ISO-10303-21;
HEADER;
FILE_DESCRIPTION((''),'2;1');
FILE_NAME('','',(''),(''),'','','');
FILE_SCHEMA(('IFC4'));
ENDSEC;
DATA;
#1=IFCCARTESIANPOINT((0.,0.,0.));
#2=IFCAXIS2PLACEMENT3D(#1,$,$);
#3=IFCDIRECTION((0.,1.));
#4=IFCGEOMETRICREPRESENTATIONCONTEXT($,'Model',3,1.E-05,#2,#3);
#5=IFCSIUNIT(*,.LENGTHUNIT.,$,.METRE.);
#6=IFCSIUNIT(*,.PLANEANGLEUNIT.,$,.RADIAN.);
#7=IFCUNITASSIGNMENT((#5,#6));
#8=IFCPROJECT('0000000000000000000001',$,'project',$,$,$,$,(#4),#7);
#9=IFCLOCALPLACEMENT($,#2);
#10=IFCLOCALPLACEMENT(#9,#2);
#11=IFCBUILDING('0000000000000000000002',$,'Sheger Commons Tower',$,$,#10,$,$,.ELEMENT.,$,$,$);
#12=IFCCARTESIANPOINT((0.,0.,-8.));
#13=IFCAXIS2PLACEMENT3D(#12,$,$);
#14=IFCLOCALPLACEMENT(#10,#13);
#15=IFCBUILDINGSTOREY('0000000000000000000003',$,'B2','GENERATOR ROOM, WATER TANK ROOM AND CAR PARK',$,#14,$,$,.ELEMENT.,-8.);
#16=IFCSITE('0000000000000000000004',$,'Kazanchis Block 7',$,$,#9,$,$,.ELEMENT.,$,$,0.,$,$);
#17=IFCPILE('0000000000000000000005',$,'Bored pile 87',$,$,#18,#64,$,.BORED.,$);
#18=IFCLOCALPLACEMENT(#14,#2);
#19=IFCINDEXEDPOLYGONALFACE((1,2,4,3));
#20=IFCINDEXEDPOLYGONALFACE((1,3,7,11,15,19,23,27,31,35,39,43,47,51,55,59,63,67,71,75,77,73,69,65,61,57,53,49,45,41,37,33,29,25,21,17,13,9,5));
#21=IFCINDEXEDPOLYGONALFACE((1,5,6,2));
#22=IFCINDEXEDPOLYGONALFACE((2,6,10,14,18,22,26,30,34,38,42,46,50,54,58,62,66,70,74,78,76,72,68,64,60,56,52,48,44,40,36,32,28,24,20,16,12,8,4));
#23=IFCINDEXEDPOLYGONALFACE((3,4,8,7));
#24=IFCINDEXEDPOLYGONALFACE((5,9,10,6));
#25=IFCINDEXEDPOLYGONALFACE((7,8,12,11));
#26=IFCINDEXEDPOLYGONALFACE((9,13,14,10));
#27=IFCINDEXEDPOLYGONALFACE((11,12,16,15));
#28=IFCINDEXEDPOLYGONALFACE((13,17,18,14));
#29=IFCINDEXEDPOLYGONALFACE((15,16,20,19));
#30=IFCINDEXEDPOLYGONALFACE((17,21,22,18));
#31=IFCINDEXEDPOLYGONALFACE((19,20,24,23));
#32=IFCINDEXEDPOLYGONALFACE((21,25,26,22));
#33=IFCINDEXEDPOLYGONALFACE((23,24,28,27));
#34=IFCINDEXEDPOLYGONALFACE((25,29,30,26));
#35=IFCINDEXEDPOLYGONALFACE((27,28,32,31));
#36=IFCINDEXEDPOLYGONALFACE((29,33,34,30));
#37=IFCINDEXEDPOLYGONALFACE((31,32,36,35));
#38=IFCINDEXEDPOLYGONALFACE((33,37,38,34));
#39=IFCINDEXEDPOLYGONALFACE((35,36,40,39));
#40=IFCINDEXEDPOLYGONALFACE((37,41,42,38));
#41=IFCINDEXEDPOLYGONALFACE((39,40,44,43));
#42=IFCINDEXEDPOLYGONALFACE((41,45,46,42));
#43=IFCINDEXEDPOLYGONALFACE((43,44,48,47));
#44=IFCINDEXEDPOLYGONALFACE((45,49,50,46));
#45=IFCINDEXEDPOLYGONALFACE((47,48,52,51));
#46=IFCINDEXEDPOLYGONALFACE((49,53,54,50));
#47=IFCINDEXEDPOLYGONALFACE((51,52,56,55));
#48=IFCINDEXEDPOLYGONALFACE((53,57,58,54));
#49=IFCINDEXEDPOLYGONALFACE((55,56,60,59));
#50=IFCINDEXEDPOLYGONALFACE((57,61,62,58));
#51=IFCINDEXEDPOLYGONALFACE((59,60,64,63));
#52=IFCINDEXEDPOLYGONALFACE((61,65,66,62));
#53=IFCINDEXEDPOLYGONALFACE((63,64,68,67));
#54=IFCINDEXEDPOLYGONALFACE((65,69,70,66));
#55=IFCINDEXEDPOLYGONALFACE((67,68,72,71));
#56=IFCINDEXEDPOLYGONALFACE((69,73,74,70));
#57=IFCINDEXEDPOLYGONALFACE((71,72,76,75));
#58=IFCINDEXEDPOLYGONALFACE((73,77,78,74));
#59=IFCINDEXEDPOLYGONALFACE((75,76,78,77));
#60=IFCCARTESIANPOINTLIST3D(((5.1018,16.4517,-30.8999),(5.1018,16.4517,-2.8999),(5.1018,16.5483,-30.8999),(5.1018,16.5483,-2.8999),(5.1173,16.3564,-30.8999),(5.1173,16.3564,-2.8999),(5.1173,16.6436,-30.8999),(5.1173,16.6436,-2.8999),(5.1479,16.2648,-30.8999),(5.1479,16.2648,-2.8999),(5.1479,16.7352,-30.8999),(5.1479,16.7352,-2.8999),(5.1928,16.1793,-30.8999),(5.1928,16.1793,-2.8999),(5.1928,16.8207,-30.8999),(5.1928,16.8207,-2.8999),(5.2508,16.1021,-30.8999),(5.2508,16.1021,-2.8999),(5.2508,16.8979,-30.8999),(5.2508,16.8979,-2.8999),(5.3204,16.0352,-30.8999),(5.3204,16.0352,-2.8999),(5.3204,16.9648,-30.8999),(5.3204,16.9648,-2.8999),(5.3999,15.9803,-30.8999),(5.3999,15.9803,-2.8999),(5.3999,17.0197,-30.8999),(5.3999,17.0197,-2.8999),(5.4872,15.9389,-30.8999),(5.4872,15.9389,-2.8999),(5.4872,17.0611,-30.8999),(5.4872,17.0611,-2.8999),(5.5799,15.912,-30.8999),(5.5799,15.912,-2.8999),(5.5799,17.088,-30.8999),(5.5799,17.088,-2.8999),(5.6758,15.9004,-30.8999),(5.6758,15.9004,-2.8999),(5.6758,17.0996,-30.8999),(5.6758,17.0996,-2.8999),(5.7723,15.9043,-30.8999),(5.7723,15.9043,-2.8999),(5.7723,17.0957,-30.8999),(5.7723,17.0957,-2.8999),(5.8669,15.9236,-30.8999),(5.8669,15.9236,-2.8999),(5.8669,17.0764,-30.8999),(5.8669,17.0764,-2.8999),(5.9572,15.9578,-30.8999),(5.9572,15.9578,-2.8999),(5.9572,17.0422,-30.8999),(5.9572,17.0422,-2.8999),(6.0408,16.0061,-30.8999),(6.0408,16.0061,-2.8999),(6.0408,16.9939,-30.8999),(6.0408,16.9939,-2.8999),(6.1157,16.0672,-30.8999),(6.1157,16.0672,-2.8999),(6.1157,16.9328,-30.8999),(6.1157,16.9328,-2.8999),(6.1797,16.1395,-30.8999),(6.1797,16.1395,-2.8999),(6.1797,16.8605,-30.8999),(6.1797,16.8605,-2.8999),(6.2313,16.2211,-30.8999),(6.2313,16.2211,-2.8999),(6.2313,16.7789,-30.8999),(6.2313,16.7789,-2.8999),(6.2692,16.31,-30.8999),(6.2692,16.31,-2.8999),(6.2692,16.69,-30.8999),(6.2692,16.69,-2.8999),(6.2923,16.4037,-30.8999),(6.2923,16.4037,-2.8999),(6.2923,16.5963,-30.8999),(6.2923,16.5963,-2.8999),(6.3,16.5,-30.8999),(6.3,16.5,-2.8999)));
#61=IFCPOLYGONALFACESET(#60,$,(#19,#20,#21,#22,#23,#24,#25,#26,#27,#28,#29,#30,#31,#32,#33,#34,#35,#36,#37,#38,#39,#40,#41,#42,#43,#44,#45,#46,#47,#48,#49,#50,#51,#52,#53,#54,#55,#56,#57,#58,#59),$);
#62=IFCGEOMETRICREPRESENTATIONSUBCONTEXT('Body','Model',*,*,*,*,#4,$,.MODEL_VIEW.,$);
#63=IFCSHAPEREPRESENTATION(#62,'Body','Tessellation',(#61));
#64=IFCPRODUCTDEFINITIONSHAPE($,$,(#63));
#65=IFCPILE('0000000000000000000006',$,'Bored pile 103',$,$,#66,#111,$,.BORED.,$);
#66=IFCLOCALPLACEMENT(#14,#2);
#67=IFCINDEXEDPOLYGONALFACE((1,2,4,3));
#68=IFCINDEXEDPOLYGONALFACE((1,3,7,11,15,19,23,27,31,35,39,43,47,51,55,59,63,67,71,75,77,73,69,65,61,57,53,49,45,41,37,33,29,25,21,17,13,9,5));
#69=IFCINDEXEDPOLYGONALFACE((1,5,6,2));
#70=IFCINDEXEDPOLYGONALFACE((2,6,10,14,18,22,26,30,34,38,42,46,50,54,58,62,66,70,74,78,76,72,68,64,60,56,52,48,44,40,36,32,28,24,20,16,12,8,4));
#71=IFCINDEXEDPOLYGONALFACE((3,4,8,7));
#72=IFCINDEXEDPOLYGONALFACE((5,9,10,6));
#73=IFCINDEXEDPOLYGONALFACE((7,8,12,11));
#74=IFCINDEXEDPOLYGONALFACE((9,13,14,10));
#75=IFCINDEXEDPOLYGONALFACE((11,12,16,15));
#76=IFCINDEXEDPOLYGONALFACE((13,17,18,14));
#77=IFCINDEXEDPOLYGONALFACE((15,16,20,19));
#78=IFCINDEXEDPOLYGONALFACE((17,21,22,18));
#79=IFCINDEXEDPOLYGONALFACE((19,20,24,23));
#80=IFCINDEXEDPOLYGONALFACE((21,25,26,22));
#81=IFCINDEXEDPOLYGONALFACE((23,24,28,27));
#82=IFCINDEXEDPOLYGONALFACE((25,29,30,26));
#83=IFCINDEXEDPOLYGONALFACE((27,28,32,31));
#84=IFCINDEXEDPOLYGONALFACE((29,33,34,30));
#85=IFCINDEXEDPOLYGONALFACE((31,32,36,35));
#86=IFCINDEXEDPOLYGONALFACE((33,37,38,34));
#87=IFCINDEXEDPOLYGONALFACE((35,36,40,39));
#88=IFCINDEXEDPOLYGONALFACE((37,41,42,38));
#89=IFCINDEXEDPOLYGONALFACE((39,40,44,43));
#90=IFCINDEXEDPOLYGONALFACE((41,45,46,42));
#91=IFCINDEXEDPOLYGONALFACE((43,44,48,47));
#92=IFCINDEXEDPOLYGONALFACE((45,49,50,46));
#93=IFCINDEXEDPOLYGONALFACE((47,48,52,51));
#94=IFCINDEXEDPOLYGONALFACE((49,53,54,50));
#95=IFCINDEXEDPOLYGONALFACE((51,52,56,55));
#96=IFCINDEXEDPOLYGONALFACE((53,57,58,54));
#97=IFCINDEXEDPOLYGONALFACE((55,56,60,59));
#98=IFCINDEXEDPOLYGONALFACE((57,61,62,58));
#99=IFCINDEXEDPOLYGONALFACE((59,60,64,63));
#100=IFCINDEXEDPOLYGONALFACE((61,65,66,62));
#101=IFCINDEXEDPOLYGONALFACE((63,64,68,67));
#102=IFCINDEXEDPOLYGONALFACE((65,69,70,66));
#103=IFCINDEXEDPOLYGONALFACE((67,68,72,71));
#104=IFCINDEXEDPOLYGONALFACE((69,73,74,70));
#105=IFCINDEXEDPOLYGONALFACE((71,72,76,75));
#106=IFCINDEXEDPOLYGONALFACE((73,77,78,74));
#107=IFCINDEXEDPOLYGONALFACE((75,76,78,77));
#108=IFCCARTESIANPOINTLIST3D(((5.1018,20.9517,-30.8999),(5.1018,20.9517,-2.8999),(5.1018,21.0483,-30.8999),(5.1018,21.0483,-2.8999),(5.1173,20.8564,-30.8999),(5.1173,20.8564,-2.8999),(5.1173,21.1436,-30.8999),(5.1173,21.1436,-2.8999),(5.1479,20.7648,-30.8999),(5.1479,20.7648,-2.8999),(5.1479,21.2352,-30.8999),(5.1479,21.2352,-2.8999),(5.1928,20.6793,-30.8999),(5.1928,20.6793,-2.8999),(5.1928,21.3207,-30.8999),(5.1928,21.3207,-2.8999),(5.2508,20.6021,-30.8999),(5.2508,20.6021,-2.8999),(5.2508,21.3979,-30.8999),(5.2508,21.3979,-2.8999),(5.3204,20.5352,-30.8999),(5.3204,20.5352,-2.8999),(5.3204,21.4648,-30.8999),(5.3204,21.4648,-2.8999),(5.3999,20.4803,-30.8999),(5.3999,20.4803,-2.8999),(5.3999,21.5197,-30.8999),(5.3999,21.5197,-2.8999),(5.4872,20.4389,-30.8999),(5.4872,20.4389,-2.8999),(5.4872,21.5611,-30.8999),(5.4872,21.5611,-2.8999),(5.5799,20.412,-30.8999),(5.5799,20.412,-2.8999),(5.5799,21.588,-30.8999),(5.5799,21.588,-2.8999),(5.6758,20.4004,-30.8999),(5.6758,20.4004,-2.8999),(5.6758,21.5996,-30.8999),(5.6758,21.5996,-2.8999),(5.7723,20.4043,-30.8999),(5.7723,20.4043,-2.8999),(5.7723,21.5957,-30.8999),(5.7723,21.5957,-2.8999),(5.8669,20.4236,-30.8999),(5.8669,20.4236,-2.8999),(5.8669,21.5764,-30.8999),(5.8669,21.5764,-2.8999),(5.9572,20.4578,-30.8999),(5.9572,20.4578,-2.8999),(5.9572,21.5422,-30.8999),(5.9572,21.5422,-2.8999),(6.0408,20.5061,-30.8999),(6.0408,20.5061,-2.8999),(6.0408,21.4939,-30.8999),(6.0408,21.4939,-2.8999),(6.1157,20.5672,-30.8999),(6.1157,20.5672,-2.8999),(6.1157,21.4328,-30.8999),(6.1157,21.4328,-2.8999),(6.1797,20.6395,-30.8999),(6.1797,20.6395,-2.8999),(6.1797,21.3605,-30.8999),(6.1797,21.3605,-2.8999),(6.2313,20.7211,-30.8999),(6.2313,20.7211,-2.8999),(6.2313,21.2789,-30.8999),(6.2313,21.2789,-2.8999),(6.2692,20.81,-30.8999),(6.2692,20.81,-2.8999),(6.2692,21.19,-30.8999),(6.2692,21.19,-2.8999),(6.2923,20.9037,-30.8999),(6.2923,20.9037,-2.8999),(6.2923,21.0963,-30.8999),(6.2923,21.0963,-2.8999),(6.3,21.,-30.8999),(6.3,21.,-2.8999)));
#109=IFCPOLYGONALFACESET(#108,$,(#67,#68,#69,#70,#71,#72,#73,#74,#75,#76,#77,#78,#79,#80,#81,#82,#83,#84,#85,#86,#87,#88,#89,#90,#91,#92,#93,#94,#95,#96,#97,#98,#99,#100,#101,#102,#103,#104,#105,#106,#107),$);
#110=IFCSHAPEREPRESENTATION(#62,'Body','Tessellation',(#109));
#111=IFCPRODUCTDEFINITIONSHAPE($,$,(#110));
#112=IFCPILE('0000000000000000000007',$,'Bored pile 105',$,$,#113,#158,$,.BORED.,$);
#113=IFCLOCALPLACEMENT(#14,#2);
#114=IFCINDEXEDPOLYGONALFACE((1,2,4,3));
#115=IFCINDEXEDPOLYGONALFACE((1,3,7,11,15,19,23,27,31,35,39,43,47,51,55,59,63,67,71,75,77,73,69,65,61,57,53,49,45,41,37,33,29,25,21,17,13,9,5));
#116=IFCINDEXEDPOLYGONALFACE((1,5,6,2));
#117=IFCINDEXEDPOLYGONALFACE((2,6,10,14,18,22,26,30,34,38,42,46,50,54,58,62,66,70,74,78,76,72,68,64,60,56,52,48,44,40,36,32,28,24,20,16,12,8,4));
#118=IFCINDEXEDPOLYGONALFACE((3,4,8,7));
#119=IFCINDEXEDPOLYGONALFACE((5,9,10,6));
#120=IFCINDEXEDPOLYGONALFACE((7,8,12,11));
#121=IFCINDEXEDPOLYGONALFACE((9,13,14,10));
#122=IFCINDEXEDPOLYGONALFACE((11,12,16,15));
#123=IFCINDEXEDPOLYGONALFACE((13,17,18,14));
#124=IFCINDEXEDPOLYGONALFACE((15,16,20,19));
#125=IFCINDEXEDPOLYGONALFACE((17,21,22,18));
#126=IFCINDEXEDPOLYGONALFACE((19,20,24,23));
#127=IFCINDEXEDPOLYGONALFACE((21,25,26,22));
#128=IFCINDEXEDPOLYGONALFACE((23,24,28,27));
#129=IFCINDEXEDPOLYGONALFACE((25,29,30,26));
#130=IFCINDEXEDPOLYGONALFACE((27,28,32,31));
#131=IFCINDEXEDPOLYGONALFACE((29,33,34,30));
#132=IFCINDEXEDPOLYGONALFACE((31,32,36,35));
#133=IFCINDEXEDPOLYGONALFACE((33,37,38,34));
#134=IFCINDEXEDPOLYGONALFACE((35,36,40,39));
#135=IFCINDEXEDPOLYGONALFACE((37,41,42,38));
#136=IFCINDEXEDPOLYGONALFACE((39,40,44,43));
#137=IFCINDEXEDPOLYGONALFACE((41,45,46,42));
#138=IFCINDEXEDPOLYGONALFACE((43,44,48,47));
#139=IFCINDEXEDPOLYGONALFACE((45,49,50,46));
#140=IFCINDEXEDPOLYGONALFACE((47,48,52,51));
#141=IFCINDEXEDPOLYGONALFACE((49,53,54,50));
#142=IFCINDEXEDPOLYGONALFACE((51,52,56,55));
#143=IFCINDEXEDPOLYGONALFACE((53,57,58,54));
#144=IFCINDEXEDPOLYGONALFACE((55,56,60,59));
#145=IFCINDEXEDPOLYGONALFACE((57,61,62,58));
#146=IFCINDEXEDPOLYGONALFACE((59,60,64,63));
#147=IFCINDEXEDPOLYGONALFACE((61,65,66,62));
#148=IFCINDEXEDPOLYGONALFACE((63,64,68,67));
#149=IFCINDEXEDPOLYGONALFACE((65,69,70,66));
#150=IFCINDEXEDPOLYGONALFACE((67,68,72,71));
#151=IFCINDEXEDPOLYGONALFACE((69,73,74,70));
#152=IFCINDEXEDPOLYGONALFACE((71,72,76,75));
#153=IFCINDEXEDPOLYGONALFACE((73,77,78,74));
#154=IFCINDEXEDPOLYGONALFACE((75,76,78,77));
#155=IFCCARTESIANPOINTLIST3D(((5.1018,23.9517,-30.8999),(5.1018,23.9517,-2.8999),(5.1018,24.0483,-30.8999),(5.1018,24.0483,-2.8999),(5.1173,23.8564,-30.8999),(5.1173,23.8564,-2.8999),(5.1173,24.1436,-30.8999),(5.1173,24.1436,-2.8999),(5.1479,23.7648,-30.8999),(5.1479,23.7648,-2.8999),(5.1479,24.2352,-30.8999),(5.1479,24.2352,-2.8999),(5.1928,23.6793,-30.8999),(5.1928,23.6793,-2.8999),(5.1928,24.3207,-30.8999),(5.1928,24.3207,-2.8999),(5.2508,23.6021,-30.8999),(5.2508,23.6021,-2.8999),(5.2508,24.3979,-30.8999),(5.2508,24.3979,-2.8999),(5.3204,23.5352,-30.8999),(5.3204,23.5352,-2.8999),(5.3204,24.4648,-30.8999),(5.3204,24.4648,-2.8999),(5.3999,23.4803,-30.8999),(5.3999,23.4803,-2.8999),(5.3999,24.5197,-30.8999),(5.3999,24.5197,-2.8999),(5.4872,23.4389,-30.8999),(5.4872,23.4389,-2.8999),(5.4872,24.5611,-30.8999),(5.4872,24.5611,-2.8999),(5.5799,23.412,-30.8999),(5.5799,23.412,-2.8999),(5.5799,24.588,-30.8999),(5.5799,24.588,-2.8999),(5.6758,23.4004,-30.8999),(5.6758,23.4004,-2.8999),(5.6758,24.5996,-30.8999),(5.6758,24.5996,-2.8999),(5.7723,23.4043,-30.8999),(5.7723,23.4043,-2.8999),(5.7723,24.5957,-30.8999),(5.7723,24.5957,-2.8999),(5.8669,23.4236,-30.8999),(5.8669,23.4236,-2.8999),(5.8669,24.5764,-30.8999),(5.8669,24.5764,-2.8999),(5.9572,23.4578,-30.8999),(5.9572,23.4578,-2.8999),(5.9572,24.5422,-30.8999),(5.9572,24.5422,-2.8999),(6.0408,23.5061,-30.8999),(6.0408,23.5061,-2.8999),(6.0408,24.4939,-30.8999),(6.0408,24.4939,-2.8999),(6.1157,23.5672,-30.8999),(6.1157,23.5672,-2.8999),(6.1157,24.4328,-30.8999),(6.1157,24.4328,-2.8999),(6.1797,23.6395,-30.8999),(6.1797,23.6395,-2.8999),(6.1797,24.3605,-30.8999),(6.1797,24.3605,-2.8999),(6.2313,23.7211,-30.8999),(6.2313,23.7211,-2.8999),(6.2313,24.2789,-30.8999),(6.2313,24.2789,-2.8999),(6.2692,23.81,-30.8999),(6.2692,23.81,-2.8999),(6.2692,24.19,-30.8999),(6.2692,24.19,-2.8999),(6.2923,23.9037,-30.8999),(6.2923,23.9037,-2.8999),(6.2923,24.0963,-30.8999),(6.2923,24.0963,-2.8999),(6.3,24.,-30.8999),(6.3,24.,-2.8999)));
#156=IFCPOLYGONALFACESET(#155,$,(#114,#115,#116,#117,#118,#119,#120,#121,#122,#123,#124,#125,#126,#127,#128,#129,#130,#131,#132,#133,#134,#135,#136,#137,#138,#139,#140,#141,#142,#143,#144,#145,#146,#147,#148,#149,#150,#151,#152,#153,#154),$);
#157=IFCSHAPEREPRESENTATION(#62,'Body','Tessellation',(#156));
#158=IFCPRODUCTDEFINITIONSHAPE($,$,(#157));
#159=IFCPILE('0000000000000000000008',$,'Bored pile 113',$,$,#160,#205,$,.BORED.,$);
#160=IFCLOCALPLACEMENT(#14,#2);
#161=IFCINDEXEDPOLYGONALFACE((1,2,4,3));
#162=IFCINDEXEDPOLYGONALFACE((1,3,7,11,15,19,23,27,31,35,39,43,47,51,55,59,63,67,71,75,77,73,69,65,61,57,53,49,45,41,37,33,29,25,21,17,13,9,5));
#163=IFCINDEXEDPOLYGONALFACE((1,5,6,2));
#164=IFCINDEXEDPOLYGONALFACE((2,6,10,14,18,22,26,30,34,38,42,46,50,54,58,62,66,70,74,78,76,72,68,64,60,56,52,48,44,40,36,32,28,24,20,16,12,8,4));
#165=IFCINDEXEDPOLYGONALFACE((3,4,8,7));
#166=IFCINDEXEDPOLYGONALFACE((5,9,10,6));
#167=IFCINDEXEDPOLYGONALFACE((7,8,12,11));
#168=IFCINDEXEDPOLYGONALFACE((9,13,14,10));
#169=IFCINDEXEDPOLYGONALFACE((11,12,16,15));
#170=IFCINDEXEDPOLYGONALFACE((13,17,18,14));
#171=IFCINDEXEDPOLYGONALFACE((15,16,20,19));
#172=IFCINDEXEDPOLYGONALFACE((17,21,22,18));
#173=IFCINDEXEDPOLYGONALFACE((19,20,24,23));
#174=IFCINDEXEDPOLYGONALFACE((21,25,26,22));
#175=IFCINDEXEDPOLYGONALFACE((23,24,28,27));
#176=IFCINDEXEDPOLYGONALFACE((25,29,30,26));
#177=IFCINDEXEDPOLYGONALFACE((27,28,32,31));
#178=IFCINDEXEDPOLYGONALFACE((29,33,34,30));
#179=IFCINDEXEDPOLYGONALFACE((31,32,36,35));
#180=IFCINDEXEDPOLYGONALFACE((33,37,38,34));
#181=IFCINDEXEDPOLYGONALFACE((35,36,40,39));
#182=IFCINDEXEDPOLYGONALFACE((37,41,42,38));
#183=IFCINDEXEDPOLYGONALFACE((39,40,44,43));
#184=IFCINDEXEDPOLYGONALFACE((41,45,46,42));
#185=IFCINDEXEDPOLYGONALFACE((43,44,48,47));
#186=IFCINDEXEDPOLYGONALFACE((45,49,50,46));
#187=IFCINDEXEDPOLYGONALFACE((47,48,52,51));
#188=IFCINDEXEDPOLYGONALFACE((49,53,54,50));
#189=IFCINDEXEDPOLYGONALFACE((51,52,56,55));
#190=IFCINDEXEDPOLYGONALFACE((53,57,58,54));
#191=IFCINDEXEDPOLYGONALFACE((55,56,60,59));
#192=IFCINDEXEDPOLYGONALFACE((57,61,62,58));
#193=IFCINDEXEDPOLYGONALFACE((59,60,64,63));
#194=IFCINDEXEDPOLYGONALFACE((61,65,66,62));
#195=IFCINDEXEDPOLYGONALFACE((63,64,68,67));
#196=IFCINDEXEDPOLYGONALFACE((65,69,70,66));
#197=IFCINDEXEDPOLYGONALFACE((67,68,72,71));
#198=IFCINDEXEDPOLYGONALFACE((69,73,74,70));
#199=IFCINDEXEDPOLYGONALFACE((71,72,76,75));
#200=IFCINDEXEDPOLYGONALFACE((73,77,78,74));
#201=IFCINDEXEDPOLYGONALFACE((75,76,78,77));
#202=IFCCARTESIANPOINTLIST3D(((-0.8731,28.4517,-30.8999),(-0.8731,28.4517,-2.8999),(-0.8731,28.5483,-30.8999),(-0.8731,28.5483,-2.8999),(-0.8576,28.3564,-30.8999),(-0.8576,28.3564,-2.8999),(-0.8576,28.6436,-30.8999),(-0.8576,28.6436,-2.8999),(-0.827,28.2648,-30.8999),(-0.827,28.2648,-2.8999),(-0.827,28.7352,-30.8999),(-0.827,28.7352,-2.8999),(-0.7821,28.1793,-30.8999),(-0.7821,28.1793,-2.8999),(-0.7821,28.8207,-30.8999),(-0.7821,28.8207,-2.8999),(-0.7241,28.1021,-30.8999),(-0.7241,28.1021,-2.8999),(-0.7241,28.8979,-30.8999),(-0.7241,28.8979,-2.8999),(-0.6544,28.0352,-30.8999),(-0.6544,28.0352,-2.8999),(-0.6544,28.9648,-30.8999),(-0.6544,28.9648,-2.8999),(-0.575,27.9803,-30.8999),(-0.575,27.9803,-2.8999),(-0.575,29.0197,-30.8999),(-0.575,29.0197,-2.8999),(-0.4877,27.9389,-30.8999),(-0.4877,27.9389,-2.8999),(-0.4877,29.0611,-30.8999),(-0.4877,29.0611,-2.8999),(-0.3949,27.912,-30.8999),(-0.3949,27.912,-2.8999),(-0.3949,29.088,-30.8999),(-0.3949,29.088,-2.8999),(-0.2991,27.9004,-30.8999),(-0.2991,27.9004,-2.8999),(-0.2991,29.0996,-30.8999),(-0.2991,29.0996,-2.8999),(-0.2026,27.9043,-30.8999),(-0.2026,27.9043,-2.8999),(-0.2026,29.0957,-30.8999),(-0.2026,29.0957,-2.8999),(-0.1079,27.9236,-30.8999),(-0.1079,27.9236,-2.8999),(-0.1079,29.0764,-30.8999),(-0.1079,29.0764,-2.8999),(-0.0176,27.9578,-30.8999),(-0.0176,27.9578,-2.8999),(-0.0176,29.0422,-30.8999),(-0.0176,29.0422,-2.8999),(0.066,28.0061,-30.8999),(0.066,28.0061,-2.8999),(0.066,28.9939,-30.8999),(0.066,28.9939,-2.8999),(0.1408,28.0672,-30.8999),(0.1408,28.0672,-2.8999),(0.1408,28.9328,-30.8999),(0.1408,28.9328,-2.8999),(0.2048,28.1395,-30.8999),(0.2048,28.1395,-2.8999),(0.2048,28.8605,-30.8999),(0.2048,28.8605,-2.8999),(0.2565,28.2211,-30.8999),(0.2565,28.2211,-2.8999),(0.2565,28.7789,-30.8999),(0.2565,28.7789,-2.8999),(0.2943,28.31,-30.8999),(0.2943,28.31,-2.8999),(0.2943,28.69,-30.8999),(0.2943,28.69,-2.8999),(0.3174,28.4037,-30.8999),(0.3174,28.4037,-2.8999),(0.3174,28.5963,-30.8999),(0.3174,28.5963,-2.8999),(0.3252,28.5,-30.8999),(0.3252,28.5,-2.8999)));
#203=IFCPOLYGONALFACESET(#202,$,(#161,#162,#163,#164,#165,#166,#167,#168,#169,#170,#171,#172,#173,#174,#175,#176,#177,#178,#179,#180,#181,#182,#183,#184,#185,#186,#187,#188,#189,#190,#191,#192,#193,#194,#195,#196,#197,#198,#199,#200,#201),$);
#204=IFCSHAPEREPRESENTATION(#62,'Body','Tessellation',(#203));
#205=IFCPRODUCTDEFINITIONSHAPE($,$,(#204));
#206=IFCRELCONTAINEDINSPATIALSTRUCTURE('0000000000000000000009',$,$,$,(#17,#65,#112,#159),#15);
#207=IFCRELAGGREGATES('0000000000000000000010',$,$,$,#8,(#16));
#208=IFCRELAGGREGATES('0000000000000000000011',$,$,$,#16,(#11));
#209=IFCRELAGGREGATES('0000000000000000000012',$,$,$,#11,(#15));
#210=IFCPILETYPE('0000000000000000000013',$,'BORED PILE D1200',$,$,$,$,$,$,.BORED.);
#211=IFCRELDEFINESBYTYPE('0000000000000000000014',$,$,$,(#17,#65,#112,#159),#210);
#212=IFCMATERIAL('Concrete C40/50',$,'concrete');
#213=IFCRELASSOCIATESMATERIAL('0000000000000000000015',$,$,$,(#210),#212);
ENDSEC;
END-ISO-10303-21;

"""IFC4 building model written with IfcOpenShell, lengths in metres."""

from ifc_helpers import new_model, si_unit, direction, frame, origin, origin_2d, place, context, subcontext, project, spatial, circle, extrude, material, material_profile, profile_set, type_object, element, save


model = new_model("IFC4")

# Units and contexts
model_context = context("Model", 3, precision=1e-05, world=origin(), true_north=direction((0.0, 1.0)))
body_context = subcontext(model_context, "Body", "Model", "MODEL_VIEW")
ifc_project = project(units=[si_unit("LENGTHUNIT", "METRE"), si_unit("PLANEANGLEUNIT", "RADIAN")], contexts=[model_context])

# Site, building, storey
site_placement = place(None, origin())
site = spatial("IfcSite", under=ifc_project, at=site_placement, Name="Kazanchis Block 7", CompositionType="ELEMENT", RefElevation=0.0)
building_placement = place(site_placement, origin())
building = spatial("IfcBuilding", under=site, at=building_placement, Name="Sheger Commons Tower", CompositionType="ELEMENT")
storey_placement = place(building_placement, frame((0.0, 0.0, -8.0)))
storey = spatial("IfcBuildingStorey", under=building, at=storey_placement, Name="B2", Description="GENERATOR ROOM, WATER TANK ROOM AND CAR PARK", CompositionType="ELEMENT", Elevation=-8.0)

# Piles
ifc_material_1 = material(Name="Concrete C40/50", Category="concrete")
ifc_material_profile_1 = material_profile(ifc_material_1, circle(Radius=0.6001, at=origin_2d()), Name="PILE D1200")
ifc_profile_set_1 = profile_set([ifc_material_profile_1], Name="Concrete C40/50")
pile_type = type_object("IfcPileType", Name="BORED PILE D1200", PredefinedType="BORED", material=ifc_profile_set_1)
for number, where, z_axis, x_axis, name in (
    (1, (5.7, 16.5, -2.8999), (0.0, 0.0, -1.0), (1.0, 0.0, 0.0), "Bored pile 87"),
    (2, (5.7, 21.0, -2.8999), (0.0, 0.0, -1.0), (1.0, 0.0, 0.0), "Bored pile 103"),
    (3, (5.7, 24.0, -2.8999), (0.0, 0.0, -1.0), (1.0, 0.0, 0.0), "Bored pile 105"),
    (4, (-0.2749, 28.5, -2.8999), (0.0, 0.0, -1.0), (1.0, 0.0, 0.0), "Bored pile 113"),
):
    element("IfcPile", number, at=place(storey_placement, frame(where, z_axis=z_axis, x_axis=x_axis)), inside=storey, type_object=pile_type, Name=name, PredefinedType="BORED", context=body_context, shape_type="SweptSolid", body=[
        extrude(circle(Radius=0.6001, at=origin_2d()), origin(), (0.0, 0.0, 1.0), 28.0),
    ])

save(model, "model.ifc")
